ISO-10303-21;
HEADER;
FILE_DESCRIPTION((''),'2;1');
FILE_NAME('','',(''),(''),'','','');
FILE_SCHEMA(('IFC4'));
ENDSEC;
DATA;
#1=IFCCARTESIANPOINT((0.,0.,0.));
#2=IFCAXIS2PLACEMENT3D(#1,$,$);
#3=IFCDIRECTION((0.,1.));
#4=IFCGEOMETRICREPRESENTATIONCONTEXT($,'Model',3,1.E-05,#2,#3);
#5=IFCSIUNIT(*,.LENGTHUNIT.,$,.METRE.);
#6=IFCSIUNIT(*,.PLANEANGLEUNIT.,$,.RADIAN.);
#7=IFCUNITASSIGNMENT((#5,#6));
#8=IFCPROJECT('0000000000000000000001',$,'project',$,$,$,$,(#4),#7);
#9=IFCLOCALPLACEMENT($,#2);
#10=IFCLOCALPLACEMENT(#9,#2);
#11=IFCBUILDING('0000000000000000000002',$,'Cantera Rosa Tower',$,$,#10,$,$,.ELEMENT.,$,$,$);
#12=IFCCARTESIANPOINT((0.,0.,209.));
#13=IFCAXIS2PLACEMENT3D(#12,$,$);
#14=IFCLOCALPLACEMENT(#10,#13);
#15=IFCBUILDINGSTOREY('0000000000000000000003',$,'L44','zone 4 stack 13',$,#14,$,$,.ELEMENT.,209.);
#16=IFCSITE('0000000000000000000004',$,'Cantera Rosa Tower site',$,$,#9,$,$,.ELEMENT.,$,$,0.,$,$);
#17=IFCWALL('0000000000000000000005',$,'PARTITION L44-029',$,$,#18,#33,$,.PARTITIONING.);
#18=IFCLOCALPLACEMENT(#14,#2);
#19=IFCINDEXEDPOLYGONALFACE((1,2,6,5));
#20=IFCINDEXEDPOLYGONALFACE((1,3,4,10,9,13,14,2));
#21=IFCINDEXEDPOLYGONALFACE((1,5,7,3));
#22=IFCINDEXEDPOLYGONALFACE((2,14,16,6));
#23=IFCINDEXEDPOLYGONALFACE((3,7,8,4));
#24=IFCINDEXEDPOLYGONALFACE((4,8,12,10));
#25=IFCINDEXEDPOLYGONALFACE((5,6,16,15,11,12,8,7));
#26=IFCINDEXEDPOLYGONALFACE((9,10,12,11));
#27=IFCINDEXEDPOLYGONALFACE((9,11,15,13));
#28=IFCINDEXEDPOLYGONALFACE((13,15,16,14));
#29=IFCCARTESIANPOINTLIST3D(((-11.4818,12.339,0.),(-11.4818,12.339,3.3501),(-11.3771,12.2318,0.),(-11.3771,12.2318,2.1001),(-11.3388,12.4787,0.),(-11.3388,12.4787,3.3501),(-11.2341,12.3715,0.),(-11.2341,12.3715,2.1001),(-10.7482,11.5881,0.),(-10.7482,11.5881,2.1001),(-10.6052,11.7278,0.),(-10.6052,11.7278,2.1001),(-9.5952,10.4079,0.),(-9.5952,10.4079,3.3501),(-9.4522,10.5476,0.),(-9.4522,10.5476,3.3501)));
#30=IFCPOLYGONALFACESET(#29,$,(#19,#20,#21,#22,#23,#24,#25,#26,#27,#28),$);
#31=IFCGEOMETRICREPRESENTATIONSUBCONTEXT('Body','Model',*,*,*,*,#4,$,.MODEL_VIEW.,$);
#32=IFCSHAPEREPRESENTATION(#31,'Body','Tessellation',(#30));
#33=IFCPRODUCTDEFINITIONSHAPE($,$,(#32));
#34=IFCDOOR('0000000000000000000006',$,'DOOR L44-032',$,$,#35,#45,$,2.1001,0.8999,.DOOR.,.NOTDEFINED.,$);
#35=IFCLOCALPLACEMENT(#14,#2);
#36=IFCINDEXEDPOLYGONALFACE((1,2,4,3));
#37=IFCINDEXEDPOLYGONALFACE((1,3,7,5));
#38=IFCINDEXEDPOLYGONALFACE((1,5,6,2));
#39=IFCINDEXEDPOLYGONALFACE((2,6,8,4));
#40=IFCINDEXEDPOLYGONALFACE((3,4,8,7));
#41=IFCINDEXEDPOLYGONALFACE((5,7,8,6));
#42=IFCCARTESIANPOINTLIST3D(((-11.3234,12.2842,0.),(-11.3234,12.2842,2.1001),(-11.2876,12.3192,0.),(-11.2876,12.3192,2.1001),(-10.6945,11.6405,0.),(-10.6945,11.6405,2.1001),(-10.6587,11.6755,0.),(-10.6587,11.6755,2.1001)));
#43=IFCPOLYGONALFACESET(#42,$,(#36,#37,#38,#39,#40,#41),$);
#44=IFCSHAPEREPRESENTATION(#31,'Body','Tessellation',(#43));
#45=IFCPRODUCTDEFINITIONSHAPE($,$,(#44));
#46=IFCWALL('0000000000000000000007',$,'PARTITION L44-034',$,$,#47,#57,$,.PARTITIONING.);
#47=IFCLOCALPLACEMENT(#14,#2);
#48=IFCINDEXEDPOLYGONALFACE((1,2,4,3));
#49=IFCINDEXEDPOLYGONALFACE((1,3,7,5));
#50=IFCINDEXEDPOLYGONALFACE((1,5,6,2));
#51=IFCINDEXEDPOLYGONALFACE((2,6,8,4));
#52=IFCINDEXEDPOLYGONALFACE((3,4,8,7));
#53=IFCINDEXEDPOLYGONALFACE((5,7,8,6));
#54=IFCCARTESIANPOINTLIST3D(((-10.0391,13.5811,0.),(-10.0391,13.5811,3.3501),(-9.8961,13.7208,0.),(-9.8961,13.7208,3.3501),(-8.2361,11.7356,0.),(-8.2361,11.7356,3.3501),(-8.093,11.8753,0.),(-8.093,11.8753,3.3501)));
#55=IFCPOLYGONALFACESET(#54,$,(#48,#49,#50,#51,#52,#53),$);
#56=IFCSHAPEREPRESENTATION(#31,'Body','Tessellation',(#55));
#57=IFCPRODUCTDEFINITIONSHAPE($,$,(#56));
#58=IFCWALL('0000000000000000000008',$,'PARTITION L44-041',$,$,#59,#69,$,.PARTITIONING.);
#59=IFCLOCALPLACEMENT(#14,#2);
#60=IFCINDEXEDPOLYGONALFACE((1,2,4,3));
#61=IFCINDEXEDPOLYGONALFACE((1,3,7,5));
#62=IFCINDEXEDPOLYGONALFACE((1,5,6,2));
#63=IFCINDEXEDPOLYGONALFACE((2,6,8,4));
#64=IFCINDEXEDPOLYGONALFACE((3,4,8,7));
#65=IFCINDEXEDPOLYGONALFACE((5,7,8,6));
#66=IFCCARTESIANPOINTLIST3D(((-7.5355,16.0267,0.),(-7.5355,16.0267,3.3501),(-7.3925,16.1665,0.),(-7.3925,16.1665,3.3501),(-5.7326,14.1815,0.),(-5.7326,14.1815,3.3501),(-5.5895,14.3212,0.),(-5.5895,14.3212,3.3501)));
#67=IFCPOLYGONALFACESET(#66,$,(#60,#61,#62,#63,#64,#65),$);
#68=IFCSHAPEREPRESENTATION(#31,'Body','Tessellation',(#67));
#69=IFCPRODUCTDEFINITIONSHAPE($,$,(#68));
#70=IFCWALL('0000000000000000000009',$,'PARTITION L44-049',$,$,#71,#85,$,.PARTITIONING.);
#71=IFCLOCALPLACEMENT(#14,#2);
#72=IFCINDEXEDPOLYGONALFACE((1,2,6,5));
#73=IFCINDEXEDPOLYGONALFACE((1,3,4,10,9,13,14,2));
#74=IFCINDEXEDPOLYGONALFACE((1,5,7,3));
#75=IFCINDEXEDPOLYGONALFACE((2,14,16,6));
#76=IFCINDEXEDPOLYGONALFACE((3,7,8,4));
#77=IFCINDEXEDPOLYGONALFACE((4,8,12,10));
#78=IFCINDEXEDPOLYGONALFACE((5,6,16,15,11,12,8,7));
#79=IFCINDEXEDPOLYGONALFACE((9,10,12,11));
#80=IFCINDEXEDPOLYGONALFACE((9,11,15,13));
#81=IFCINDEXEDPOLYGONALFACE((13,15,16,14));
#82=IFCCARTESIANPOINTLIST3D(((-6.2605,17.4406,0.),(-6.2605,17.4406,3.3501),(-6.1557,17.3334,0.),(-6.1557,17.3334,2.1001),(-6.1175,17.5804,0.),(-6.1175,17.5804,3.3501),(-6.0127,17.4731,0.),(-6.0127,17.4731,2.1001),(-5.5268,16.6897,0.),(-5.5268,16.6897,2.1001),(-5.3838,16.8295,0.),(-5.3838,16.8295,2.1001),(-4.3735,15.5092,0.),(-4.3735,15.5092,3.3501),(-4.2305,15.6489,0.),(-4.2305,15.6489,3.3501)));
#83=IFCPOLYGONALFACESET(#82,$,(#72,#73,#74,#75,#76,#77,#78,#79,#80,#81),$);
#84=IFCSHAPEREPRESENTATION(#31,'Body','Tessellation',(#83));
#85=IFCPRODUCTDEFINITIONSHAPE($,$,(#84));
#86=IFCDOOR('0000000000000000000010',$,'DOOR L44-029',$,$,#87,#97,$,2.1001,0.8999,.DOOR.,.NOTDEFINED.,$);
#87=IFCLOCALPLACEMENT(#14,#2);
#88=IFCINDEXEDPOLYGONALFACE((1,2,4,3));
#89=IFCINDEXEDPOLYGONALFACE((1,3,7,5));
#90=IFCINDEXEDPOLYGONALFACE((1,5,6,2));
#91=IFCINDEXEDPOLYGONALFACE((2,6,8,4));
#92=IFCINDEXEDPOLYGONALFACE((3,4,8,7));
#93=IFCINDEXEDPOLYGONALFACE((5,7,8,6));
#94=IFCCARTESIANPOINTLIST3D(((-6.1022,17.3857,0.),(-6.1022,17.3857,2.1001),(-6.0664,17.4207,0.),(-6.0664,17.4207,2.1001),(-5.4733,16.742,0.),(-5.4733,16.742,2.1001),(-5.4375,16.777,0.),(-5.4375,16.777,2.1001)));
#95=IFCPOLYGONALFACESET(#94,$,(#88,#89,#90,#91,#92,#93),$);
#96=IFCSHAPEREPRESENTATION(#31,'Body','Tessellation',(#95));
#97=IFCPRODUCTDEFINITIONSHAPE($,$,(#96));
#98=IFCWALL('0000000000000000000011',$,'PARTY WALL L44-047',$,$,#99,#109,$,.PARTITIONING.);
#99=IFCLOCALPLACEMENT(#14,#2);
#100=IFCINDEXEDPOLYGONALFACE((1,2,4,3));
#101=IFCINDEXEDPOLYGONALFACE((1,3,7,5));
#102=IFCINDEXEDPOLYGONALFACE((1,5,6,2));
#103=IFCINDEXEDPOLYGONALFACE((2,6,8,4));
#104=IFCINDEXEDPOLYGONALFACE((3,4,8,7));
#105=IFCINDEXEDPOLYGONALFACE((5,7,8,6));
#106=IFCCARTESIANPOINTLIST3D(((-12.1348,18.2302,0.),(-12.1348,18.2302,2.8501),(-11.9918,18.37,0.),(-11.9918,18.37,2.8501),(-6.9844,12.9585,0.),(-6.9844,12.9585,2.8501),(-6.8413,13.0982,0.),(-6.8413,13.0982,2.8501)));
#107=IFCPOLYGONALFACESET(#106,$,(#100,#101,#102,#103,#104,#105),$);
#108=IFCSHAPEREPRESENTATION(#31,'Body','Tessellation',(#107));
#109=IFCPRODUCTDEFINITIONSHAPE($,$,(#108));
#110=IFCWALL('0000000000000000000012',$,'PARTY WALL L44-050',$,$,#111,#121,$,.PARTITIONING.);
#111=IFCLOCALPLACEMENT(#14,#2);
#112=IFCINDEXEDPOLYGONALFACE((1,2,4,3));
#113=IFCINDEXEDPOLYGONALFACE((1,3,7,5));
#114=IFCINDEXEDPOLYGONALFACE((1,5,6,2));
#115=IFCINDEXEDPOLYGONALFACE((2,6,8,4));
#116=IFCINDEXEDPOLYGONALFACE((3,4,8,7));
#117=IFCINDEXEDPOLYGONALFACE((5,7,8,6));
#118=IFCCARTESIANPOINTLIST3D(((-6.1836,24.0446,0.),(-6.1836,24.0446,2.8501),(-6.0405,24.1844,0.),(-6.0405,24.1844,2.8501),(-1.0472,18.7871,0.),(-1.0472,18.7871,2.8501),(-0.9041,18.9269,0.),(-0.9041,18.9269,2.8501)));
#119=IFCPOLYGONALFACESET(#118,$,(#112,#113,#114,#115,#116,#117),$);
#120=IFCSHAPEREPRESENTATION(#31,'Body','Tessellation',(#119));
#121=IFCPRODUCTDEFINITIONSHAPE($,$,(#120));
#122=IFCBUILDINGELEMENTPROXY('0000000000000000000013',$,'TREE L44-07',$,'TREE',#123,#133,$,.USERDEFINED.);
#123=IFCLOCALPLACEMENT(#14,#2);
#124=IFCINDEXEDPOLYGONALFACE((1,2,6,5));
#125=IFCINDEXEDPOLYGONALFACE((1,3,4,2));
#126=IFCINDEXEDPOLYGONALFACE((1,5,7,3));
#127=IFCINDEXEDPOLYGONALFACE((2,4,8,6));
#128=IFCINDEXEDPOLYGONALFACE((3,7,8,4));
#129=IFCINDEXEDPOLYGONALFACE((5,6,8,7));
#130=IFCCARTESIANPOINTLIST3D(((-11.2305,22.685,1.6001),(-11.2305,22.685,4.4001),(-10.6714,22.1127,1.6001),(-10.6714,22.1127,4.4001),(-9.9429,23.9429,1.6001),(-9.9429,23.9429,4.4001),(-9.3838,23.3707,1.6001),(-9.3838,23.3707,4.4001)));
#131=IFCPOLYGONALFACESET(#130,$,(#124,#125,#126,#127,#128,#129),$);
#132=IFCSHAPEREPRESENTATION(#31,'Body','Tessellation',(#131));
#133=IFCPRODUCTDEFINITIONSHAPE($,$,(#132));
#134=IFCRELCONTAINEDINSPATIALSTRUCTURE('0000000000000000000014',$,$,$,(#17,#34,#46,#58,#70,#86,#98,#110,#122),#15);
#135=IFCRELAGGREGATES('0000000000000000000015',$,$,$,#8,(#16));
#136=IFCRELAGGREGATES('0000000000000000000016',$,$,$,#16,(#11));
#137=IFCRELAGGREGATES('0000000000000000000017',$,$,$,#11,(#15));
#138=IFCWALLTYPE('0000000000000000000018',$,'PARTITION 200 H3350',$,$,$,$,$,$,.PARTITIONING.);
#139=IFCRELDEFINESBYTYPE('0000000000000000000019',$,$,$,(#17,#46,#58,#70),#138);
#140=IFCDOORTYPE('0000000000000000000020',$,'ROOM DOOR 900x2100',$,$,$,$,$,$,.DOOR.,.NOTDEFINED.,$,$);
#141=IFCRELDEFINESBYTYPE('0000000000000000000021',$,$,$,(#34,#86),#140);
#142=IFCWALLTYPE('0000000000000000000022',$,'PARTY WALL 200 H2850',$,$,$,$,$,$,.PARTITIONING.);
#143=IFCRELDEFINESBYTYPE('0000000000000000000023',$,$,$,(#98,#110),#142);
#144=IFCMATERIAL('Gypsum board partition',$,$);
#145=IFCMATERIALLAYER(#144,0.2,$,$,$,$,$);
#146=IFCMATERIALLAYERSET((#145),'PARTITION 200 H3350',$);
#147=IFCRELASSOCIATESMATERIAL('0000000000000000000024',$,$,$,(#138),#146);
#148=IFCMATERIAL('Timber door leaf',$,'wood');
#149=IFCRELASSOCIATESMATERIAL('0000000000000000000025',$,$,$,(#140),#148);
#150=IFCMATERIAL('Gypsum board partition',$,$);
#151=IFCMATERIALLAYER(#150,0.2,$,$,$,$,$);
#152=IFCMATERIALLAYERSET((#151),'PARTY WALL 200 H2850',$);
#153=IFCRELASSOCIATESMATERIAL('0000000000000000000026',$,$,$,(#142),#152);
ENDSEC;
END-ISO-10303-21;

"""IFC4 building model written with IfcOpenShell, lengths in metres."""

from ifc_helpers import new_model, si_unit, direction, frame, frame_2d, origin, origin_2d, place, context, subcontext, project, spatial, rectangle, extrude, material, layer, layer_set, type_object, element, fill, save


model = new_model("IFC4")

# Units and contexts
model_context = context("Model", 3, precision=1e-05, world=origin(), true_north=direction((0.0, 1.0)))
body_context = subcontext(model_context, "Body", "Model", "MODEL_VIEW")
ifc_project = project(units=[si_unit("LENGTHUNIT", "METRE"), si_unit("PLANEANGLEUNIT", "RADIAN")], contexts=[model_context])

# Site, building, storey
site_placement = place(None, origin())
site = spatial("IfcSite", under=ifc_project, at=site_placement, Name="Cantera Rosa Tower site", CompositionType="ELEMENT", RefElevation=0.0)
building_placement = place(site_placement, origin())
building = spatial("IfcBuilding", under=site, at=building_placement, Name="Cantera Rosa Tower", CompositionType="ELEMENT")
storey_placement = place(building_placement, frame((0.0, 0.0, 209.0)))
storey = spatial("IfcBuildingStorey", under=building, at=storey_placement, Name="L44", Description="zone 4 stack 13", CompositionType="ELEMENT", Elevation=209.0)

# Wall, opening, door
ifc_material_1 = material(Name="Gypsum board partition")
ifc_layer_1 = layer(ifc_material_1, 0.2)
ifc_layer_set_1 = layer_set([ifc_layer_1], Name="PARTITION 200 H3350")
wall_type_1 = type_object("IfcWallType", Name="PARTITION 200 H3350", PredefinedType="PARTITIONING", material=ifc_layer_set_1)
wall_1_placement = place(storey_placement, frame((-9.5237, 10.4778, 0.0), z_axis=(0.0, 0.0, 1.0), x_axis=(-0.69883, 0.715288, 0.0)))
wall_1 = element("IfcWall", 1, at=wall_1_placement, inside=storey, type_object=wall_type_1, Name="PARTITION L44-029", PredefinedType="PARTITIONING", context=body_context, shape_type="SweptSolid", body=[
    extrude(rectangle(XDim=2.6997, YDim=0.2, at=frame_2d((1.3499, 0.0))), origin(), (0.0, 0.0, 1.0), 3.3501),
])
opening_1_placement = place(wall_1_placement, frame((1.6499, 0.0, 0.0)))
opening_1 = element("IfcOpeningElement", 2, at=opening_1_placement, cuts=wall_1, PredefinedType="OPENING", context=body_context, shape_type="SweptSolid", body=[
    extrude(rectangle(XDim=0.8999, YDim=2.1001, at=frame_2d((0.45, 1.05))), frame((0.0, 0.1099, 0.0), z_axis=(0.0, -1.0, 0.0), x_axis=(1.0, 0.0, 0.0)), (0.0, 0.0, 1.0), 0.22),
])
ifc_material_2 = material(Name="Timber door leaf", Category="wood")
door_type_1 = type_object("IfcDoorType", Name="ROOM DOOR 900x2100", OperationType="NOTDEFINED", PredefinedType="DOOR", material=ifc_material_2)
door_1_placement = place(opening_1_placement, origin())
door_1 = element("IfcDoor", 3, at=door_1_placement, inside=storey, type_object=door_type_1, Name="DOOR L44-032", OperationType="NOTDEFINED", OverallHeight=2.1001, OverallWidth=0.8999, PredefinedType="DOOR", context=body_context, shape_type="SweptSolid", body=[
    extrude(rectangle(XDim=0.8999, YDim=2.1001, at=frame_2d((0.45, 1.05))), frame((0.0, 0.0249, 0.0), z_axis=(0.0, -1.0, 0.0), x_axis=(1.0, 0.0, 0.0)), (0.0, 0.0, 1.0), 0.05),
])
fill(opening_1, door_1)

# Walls
wall_2_placement = place(storey_placement, frame((-8.1646, 11.8054, 0.0), z_axis=(0.0, 0.0, 1.0), x_axis=(-0.698826, 0.715291, 0.0)))
element("IfcWall", 4, at=wall_2_placement, inside=storey, type_object=wall_type_1, Name="PARTITION L44-034", PredefinedType="PARTITIONING", context=body_context, shape_type="SweptSolid", body=[
    extrude(rectangle(XDim=2.5801, YDim=0.2, at=frame_2d((1.29, 0.0))), origin(), (0.0, 0.0, 1.0), 3.3501),
])
wall_3_placement = place(storey_placement, frame((-7.4641, 16.0967, 0.0), z_axis=(0.0, 0.0, 1.0), x_axis=(0.698874, -0.715245, 0.0)))
element("IfcWall", 5, at=wall_3_placement, inside=storey, type_object=wall_type_1, Name="PARTITION L44-041", PredefinedType="PARTITIONING", context=body_context, shape_type="SweptSolid", body=[
    extrude(rectangle(XDim=2.5798, YDim=0.2, at=frame_2d((1.29, 0.0))), origin(), (0.0, 0.0, 1.0), 3.3501),
])

# Wall, opening, door
wall_4_placement = place(storey_placement, frame((-6.189, 17.5105, 0.0), z_axis=(0.0, 0.0, 1.0), x_axis=(0.698831, -0.715287, 0.0)))
wall_4 = element("IfcWall", 6, at=wall_4_placement, inside=storey, type_object=wall_type_1, Name="PARTITION L44-049", PredefinedType="PARTITIONING", context=body_context, shape_type="SweptSolid", body=[
    extrude(rectangle(XDim=2.7002, YDim=0.2, at=frame_2d((1.3501, 0.0))), origin(), (0.0, 0.0, 1.0), 3.3501),
])
opening_2_placement = place(wall_4_placement, frame((0.1499, 0.0, 0.0)))
opening_2 = element("IfcOpeningElement", 7, at=opening_2_placement, cuts=wall_4, PredefinedType="OPENING", context=body_context, shape_type="SweptSolid", body=[
    extrude(rectangle(XDim=0.8999, YDim=2.1001, at=frame_2d((0.45, 1.05))), frame((0.0, 0.1099, 0.0), z_axis=(0.0, -1.0, 0.0), x_axis=(1.0, 0.0, 0.0)), (0.0, 0.0, 1.0), 0.22),
])
door_2_placement = place(opening_2_placement, origin())
door_2 = element("IfcDoor", 8, at=door_2_placement, inside=storey, type_object=door_type_1, Name="DOOR L44-029", OperationType="NOTDEFINED", OverallHeight=2.1001, OverallWidth=0.8999, PredefinedType="DOOR", context=body_context, shape_type="SweptSolid", body=[
    extrude(rectangle(XDim=0.8999, YDim=2.1001, at=frame_2d((0.45, 1.05))), frame((0.0, 0.0249, 0.0), z_axis=(0.0, -1.0, 0.0), x_axis=(1.0, 0.0, 0.0)), (0.0, 0.0, 1.0), 0.05),
])
fill(opening_2, door_2)

# Walls
ifc_material_3 = material(Name="Gypsum board partition")
ifc_layer_2 = layer(ifc_material_3, 0.2)
ifc_layer_set_2 = layer_set([ifc_layer_2], Name="PARTY WALL 200 H2850")
wall_type_2 = type_object("IfcWallType", Name="PARTY WALL 200 H2850", PredefinedType="PARTITIONING", material=ifc_layer_set_2)
wall_5_placement = place(storey_placement, frame((-6.9128, 13.0283, 0.0), z_axis=(0.0, 0.0, 1.0), x_axis=(-0.698827, 0.715291, 0.0)))
element("IfcWall", 9, at=wall_5_placement, inside=storey, type_object=wall_type_2, Name="PARTY WALL L44-047", PredefinedType="PARTITIONING", context=body_context, shape_type="SweptSolid", body=[
    extrude(rectangle(XDim=7.3701, YDim=0.2, at=frame_2d((3.6851, 0.0))), origin(), (0.0, 0.0, 1.0), 2.8501),
])
wall_6_placement = place(storey_placement, frame((-6.1121, 24.1145, 0.0), z_axis=(0.0, 0.0, 1.0), x_axis=(0.698821, -0.715296, 0.0)))
element("IfcWall", 10, at=wall_6_placement, inside=storey, type_object=wall_type_2, Name="PARTY WALL L44-050", PredefinedType="PARTITIONING", context=body_context, shape_type="SweptSolid", body=[
    extrude(rectangle(XDim=7.3501, YDim=0.2, at=frame_2d((3.675, 0.0))), origin(), (0.0, 0.0, 1.0), 2.8501),
])

# Building element proxy
proxy_placement = place(storey_placement, frame((-10.3071, 23.0278, 1.6001), z_axis=(0.0, 0.0, 1.0), x_axis=(-0.715286, -0.698832, 0.0)))
element("IfcBuildingElementProxy", 11, at=proxy_placement, inside=storey, Name="TREE L44-07", ObjectType="TREE", PredefinedType="USERDEFINED", context=body_context, shape_type="SweptSolid", body=[
    extrude(rectangle(XDim=1.8, YDim=0.8, at=origin_2d()), origin(), (0.0, 0.0, 1.0), 2.8),
])

save(model, "model.ifc")
